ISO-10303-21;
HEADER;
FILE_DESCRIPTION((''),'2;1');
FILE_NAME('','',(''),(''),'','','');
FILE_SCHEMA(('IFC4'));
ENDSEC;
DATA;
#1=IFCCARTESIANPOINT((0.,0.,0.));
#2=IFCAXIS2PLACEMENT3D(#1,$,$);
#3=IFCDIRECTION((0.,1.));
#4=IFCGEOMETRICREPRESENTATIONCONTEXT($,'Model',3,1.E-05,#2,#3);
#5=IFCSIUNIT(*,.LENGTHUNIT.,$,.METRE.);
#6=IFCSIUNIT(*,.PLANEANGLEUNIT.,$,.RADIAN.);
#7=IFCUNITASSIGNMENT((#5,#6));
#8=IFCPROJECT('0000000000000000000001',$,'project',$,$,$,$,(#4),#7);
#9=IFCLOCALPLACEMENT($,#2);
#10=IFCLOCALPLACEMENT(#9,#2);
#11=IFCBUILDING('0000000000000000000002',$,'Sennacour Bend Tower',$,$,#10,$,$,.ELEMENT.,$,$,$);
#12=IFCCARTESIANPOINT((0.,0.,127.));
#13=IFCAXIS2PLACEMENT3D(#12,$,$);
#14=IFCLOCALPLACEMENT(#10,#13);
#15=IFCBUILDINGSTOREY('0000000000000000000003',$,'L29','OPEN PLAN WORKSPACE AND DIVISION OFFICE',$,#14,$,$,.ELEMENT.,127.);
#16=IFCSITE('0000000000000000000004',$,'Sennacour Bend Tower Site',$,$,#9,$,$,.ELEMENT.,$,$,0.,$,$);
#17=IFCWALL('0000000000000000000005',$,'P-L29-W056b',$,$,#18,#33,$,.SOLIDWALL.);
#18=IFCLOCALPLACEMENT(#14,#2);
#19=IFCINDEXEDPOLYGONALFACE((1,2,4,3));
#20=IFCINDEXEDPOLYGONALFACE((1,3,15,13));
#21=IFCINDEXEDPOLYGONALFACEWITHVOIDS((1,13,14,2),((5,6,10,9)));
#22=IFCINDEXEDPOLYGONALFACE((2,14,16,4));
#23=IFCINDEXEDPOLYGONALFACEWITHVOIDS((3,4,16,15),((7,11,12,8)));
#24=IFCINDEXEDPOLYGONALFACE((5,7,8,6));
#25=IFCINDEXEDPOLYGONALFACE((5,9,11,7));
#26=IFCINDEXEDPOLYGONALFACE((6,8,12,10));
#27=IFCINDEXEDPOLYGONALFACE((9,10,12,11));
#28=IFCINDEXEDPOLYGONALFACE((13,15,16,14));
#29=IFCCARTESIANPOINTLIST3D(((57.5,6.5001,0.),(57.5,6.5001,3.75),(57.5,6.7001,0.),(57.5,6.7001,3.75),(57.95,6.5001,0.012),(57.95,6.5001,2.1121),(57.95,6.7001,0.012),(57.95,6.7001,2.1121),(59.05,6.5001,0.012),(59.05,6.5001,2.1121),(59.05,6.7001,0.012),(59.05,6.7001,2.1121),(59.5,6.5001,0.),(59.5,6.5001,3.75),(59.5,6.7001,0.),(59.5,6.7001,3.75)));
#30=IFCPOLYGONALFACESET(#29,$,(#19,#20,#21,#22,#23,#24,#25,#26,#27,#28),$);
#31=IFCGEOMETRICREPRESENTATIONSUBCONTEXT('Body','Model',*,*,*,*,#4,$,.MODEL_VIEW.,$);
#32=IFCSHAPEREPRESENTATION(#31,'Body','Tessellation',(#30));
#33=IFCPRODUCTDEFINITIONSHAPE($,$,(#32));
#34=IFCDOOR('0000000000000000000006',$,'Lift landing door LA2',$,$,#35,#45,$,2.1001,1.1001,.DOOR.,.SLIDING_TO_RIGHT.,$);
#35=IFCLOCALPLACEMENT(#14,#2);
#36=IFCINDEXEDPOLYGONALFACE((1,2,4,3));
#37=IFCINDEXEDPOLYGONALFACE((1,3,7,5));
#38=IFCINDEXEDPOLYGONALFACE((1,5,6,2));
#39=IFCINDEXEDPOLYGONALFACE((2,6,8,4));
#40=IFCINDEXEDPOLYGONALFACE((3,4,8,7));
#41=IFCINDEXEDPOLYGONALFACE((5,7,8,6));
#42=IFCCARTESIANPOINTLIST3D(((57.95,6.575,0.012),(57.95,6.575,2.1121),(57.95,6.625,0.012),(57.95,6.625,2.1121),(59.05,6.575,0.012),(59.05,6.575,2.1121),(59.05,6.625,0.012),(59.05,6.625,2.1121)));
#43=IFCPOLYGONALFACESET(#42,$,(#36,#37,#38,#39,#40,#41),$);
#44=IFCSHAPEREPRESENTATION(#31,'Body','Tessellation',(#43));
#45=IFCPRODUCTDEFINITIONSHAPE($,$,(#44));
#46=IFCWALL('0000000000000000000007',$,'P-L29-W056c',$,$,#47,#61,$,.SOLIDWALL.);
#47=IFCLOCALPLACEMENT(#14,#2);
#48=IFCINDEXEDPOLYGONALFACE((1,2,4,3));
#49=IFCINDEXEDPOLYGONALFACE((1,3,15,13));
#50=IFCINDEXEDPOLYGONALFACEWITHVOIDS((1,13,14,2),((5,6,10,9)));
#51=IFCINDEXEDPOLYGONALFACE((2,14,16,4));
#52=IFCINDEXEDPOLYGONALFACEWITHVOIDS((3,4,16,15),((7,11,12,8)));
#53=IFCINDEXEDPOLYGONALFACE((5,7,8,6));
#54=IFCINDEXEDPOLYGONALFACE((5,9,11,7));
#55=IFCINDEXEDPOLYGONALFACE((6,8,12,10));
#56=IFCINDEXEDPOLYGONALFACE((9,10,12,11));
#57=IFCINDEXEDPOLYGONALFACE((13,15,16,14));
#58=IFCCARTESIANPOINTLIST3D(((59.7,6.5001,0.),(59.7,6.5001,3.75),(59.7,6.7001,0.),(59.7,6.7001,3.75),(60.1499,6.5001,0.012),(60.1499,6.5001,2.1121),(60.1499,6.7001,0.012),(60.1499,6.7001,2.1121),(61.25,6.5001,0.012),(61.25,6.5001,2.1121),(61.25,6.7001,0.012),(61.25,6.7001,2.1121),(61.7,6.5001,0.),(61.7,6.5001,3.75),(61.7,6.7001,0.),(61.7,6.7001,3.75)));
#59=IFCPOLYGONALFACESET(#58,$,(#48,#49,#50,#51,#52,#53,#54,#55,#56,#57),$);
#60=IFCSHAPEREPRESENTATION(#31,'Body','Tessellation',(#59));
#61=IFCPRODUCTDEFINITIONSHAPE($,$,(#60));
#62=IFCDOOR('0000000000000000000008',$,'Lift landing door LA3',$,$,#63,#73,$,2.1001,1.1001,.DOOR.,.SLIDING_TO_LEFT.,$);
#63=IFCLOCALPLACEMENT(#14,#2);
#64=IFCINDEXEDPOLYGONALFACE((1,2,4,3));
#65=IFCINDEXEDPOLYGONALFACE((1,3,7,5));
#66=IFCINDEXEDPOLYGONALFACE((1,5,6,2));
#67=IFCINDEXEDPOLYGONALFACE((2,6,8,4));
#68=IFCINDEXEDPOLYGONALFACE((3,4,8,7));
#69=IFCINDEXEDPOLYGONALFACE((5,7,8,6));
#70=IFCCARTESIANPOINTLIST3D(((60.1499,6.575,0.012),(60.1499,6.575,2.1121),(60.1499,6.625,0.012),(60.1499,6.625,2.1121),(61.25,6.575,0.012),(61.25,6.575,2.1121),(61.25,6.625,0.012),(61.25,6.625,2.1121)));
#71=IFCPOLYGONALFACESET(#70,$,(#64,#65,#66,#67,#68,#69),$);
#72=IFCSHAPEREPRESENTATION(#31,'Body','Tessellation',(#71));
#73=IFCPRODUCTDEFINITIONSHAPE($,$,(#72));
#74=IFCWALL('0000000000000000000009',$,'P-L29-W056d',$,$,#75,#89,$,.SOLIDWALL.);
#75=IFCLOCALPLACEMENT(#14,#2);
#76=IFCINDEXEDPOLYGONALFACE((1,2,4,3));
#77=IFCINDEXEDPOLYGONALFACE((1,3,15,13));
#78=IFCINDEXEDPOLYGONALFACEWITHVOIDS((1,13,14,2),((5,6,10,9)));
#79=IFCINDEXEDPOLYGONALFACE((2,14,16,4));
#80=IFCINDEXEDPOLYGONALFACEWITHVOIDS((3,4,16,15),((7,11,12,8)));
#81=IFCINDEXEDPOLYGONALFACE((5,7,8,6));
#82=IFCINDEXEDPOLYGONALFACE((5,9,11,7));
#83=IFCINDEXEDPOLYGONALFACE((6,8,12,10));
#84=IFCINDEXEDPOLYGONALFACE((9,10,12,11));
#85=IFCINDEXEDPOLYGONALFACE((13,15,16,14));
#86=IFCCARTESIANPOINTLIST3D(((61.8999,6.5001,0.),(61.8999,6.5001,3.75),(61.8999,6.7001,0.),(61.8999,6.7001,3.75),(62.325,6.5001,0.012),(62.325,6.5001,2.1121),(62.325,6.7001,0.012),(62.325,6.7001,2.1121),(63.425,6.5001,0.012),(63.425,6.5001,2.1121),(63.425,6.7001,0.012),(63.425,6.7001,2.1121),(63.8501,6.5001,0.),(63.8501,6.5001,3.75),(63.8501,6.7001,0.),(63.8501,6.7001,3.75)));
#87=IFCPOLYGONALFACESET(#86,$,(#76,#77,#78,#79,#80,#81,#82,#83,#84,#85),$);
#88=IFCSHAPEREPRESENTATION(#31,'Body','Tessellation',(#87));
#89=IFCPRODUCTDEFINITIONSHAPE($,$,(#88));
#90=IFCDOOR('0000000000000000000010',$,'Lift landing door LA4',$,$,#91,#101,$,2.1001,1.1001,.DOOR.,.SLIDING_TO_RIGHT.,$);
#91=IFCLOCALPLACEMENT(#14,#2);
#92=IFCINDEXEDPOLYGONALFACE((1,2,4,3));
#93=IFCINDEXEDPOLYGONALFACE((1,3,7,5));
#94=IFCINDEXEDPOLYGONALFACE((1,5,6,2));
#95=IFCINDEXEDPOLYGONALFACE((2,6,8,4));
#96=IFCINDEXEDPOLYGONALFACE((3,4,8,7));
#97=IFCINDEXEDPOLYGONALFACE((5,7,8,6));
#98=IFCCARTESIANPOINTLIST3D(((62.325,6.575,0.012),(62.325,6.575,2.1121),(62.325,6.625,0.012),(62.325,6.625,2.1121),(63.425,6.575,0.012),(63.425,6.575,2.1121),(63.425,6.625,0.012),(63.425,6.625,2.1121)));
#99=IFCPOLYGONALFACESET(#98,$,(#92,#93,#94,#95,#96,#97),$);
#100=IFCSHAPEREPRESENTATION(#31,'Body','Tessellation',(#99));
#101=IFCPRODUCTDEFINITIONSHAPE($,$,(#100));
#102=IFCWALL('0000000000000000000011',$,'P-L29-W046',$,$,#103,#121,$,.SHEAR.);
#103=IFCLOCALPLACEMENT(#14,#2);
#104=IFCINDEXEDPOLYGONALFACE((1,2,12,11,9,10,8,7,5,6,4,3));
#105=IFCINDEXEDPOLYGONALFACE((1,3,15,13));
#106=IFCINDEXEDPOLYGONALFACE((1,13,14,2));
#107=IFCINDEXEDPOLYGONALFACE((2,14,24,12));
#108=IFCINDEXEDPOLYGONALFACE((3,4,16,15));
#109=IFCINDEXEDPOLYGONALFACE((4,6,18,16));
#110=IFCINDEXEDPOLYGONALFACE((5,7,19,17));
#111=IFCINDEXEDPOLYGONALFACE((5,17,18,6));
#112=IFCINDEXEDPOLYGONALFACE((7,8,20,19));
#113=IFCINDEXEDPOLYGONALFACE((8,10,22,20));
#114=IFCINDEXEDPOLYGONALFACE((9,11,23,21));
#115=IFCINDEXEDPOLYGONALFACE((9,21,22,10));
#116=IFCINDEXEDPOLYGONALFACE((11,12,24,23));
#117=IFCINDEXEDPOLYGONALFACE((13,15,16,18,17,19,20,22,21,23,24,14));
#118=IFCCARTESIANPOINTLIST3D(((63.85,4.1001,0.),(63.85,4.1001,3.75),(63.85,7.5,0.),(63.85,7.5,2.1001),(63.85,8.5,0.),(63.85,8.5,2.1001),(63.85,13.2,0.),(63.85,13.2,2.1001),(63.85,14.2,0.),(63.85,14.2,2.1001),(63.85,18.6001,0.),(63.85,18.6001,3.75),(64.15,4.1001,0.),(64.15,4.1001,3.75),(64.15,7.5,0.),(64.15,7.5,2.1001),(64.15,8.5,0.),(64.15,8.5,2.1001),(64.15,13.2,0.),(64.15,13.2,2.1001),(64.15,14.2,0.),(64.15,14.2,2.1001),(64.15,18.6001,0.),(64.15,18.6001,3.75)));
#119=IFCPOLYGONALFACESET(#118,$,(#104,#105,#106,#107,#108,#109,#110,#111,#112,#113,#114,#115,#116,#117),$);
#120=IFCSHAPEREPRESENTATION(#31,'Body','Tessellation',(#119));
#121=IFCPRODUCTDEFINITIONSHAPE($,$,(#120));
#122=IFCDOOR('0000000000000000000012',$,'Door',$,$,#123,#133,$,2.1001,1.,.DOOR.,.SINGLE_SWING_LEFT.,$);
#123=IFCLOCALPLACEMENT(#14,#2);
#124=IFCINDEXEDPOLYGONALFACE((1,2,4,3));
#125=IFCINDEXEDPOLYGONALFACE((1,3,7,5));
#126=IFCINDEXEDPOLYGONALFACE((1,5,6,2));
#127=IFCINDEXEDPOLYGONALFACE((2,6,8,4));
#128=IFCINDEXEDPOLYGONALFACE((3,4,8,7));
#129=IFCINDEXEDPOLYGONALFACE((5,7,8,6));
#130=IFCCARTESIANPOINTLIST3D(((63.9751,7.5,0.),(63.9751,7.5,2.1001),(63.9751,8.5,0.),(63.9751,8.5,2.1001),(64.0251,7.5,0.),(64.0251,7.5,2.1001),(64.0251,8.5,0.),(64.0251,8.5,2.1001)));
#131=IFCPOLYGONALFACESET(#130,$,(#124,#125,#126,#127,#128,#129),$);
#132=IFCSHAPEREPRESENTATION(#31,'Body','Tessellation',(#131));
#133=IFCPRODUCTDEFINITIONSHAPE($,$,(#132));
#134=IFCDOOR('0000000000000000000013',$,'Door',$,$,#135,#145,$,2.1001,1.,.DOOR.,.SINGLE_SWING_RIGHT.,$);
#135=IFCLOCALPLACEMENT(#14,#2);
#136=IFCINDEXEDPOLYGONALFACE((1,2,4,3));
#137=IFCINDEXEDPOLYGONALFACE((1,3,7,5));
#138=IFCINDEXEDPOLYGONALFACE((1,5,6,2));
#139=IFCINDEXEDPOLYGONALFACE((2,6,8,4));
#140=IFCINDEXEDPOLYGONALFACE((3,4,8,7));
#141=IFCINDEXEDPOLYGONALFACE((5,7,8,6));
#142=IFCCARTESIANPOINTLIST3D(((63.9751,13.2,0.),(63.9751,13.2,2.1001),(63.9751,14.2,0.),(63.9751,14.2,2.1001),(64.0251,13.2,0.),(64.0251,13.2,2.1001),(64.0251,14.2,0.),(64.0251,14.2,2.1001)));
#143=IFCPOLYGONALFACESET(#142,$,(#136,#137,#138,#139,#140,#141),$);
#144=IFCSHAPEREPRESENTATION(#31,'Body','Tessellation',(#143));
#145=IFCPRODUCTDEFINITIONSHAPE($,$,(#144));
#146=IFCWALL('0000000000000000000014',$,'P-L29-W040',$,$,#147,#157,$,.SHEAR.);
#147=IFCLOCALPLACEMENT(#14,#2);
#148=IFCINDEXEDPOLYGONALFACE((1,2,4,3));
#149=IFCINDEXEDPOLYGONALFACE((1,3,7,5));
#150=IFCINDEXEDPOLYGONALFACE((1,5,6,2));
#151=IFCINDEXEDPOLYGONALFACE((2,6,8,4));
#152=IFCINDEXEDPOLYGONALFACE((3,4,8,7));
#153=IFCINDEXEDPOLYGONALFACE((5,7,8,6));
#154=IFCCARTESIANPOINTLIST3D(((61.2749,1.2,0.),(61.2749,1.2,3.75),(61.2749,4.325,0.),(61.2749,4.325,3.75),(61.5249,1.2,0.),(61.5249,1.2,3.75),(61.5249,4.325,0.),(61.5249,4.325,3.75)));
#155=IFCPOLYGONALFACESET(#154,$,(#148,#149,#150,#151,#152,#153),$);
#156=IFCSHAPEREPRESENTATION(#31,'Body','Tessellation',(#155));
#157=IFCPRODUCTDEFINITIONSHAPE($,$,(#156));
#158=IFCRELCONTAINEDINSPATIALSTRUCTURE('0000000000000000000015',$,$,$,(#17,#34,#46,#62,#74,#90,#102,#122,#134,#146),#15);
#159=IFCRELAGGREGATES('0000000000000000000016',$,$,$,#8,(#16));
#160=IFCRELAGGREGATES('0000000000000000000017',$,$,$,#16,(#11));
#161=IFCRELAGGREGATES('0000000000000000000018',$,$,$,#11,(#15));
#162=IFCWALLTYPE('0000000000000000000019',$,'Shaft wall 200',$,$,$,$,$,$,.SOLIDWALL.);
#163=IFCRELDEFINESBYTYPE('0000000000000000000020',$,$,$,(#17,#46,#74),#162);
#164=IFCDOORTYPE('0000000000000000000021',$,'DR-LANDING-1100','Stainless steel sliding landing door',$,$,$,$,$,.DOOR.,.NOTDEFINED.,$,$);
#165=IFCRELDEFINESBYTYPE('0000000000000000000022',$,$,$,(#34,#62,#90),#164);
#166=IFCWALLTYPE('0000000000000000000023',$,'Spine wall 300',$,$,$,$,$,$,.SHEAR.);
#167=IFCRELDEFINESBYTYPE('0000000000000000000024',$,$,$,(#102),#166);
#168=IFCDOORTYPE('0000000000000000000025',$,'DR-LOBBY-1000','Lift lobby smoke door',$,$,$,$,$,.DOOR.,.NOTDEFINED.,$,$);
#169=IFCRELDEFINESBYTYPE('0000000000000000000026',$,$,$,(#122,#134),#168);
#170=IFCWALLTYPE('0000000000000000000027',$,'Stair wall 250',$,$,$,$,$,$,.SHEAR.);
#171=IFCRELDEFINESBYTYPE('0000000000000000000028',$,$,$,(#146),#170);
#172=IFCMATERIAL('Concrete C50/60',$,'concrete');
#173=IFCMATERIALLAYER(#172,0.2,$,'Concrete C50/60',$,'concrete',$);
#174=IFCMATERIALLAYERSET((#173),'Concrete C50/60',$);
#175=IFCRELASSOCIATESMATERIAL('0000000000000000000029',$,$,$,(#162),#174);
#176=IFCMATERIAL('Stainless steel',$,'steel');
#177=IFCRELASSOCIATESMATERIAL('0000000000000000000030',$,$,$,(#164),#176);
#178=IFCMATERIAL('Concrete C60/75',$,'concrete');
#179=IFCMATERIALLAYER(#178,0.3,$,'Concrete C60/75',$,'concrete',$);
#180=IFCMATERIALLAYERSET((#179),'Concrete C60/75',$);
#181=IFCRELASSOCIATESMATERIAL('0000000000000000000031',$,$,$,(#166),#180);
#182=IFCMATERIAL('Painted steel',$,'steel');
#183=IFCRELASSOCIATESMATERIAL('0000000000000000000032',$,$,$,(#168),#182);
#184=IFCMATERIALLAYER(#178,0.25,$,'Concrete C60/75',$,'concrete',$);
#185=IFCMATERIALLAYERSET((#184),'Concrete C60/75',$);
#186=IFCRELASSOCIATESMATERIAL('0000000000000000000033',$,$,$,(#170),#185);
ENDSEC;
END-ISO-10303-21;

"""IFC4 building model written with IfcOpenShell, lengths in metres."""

from ifc_helpers import new_model, si_unit, direction, frame, frame_2d, origin, place, context, subcontext, project, spatial, rectangle, extrude, material, layer, layer_set, type_object, element, fill, save


model = new_model("IFC4")

# Units and contexts
model_context = context("Model", 3, precision=1e-05, world=origin(), true_north=direction((0.0, 1.0)))
body_context = subcontext(model_context, "Body", "Model", "MODEL_VIEW")
ifc_project = project(units=[si_unit("LENGTHUNIT", "METRE"), si_unit("PLANEANGLEUNIT", "RADIAN")], contexts=[model_context])

# Site, building, storey
site_placement = place(None, origin())
site = spatial("IfcSite", under=ifc_project, at=site_placement, Name="Sennacour Bend Tower Site", CompositionType="ELEMENT", RefElevation=0.0)
building_placement = place(site_placement, origin())
building = spatial("IfcBuilding", under=site, at=building_placement, Name="Sennacour Bend Tower", CompositionType="ELEMENT")
storey_placement = place(building_placement, frame((0.0, 0.0, 127.0)))
storey = spatial("IfcBuildingStorey", under=building, at=storey_placement, Name="L29", Description="OPEN PLAN WORKSPACE AND DIVISION OFFICE", CompositionType="ELEMENT", Elevation=127.0)

# Shared definitions
ifc_material_1 = material(Name="Painted steel", Category="steel")

# Shared definitions
ifc_material_2 = material(Name="Concrete C50/60", Category="concrete")
ifc_layer_1 = layer(ifc_material_2, 0.2, Name="Concrete C50/60", Category="concrete")
ifc_layer_set_1 = layer_set([ifc_layer_1], Name="Concrete C50/60")
wall_type_1 = type_object("IfcWallType", Name="Shaft wall 200", PredefinedType="SOLIDWALL", material=ifc_layer_set_1)

# Walls, openings, doors
wall_1_placement = place(storey_placement, frame((57.5, 6.6001, 0.0), z_axis=(0.0, 0.0, 1.0), x_axis=(1.0, 0.0, 0.0)))
wall_1 = element("IfcWall", 1, at=wall_1_placement, inside=storey, type_object=wall_type_1, Name="P-L29-W056b", PredefinedType="SOLIDWALL", context=body_context, shape_type="SweptSolid", body=[
    extrude(rectangle(XDim=2.0, YDim=0.2, at=frame_2d((1.0, 0.0))), origin(), (0.0, 0.0, 1.0), 3.75),
])
opening_1_placement = place(wall_1_placement, frame((0.45, 0.0, 0.012)))
opening_1 = element("IfcOpeningElement", 2, at=opening_1_placement, cuts=wall_1, PredefinedType="OPENING", context=body_context, shape_type="SweptSolid", body=[
    extrude(rectangle(XDim=1.1001, YDim=2.1001, at=frame_2d((0.55, 1.05))), frame((0.0, 0.1099, 0.0), z_axis=(0.0, -1.0, 0.0), x_axis=(1.0, 0.0, 0.0)), (0.0, 0.0, 1.0), 0.22),
])
ifc_material_3 = material(Name="Stainless steel", Category="steel")
door_type_1 = type_object("IfcDoorType", Name="DR-LANDING-1100", Description="Stainless steel sliding landing door", OperationType="NOTDEFINED", PredefinedType="DOOR", material=ifc_material_3)
door_1_placement = place(opening_1_placement, origin())
door_1 = element("IfcDoor", 3, at=door_1_placement, inside=storey, type_object=door_type_1, Name="Lift landing door LA2", OperationType="SLIDING_TO_RIGHT", OverallHeight=2.1001, OverallWidth=1.1001, PredefinedType="DOOR", context=body_context, shape_type="SweptSolid", body=[
    extrude(rectangle(XDim=1.1001, YDim=2.1001, at=frame_2d((0.55, 1.05))), frame((0.0, 0.0249, 0.0), z_axis=(0.0, -1.0, 0.0), x_axis=(1.0, 0.0, 0.0)), (0.0, 0.0, 1.0), 0.05),
])
fill(opening_1, door_1)
wall_2_placement = place(storey_placement, frame((59.7, 6.6001, 0.0), z_axis=(0.0, 0.0, 1.0), x_axis=(1.0, 0.0, 0.0)))
wall_2 = element("IfcWall", 4, at=wall_2_placement, inside=storey, type_object=wall_type_1, Name="P-L29-W056c", PredefinedType="SOLIDWALL", context=body_context, shape_type="SweptSolid", body=[
    extrude(rectangle(XDim=2.0, YDim=0.2, at=frame_2d((1.0, 0.0))), origin(), (0.0, 0.0, 1.0), 3.75),
])
opening_2_placement = place(wall_2_placement, frame((0.45, 0.0, 0.012)))
opening_2 = element("IfcOpeningElement", 5, at=opening_2_placement, cuts=wall_2, PredefinedType="OPENING", context=body_context, shape_type="SweptSolid", body=[
    extrude(rectangle(XDim=1.1001, YDim=2.1001, at=frame_2d((0.55, 1.05))), frame((0.0, 0.1099, 0.0), z_axis=(0.0, -1.0, 0.0), x_axis=(1.0, 0.0, 0.0)), (0.0, 0.0, 1.0), 0.22),
])
door_2_placement = place(opening_2_placement, origin())
door_2 = element("IfcDoor", 6, at=door_2_placement, inside=storey, type_object=door_type_1, Name="Lift landing door LA3", OperationType="SLIDING_TO_LEFT", OverallHeight=2.1001, OverallWidth=1.1001, PredefinedType="DOOR", context=body_context, shape_type="SweptSolid", body=[
    extrude(rectangle(XDim=1.1001, YDim=2.1001, at=frame_2d((0.55, 1.05))), frame((0.0, 0.0249, 0.0), z_axis=(0.0, -1.0, 0.0), x_axis=(1.0, 0.0, 0.0)), (0.0, 0.0, 1.0), 0.05),
])
fill(opening_2, door_2)
wall_3_placement = place(storey_placement, frame((61.8999, 6.6001, 0.0), z_axis=(0.0, 0.0, 1.0), x_axis=(1.0, 0.0, 0.0)))
wall_3 = element("IfcWall", 7, at=wall_3_placement, inside=storey, type_object=wall_type_1, Name="P-L29-W056d", PredefinedType="SOLIDWALL", context=body_context, shape_type="SweptSolid", body=[
    extrude(rectangle(XDim=1.9502, YDim=0.2, at=frame_2d((0.9751, 0.0))), origin(), (0.0, 0.0, 1.0), 3.75),
])
opening_3_placement = place(wall_3_placement, frame((0.425, 0.0, 0.012)))
opening_3 = element("IfcOpeningElement", 8, at=opening_3_placement, cuts=wall_3, PredefinedType="OPENING", context=body_context, shape_type="SweptSolid", body=[
    extrude(rectangle(XDim=1.1001, YDim=2.1001, at=frame_2d((0.55, 1.05))), frame((0.0, 0.1099, 0.0), z_axis=(0.0, -1.0, 0.0), x_axis=(1.0, 0.0, 0.0)), (0.0, 0.0, 1.0), 0.22),
])
door_3_placement = place(opening_3_placement, origin())
door_3 = element("IfcDoor", 9, at=door_3_placement, inside=storey, type_object=door_type_1, Name="Lift landing door LA4", OperationType="SLIDING_TO_RIGHT", OverallHeight=2.1001, OverallWidth=1.1001, PredefinedType="DOOR", context=body_context, shape_type="SweptSolid", body=[
    extrude(rectangle(XDim=1.1001, YDim=2.1001, at=frame_2d((0.55, 1.05))), frame((0.0, 0.0249, 0.0), z_axis=(0.0, -1.0, 0.0), x_axis=(1.0, 0.0, 0.0)), (0.0, 0.0, 1.0), 0.05),
])
fill(opening_3, door_3)

# Wall, openings, doors
ifc_material_4 = material(Name="Concrete C60/75", Category="concrete")
ifc_layer_2 = layer(ifc_material_4, 0.3, Name="Concrete C60/75", Category="concrete")
ifc_layer_set_2 = layer_set([ifc_layer_2], Name="Concrete C60/75")
wall_type_2 = type_object("IfcWallType", Name="Spine wall 300", PredefinedType="SHEAR", material=ifc_layer_set_2)
wall_4_placement = place(storey_placement, frame((64.0, 4.1001, 0.0), z_axis=(0.0, 0.0, 1.0), x_axis=(0.0, 1.0, 0.0)))
wall_4 = element("IfcWall", 10, at=wall_4_placement, inside=storey, type_object=wall_type_2, Name="P-L29-W046", PredefinedType="SHEAR", context=body_context, shape_type="SweptSolid", body=[
    extrude(rectangle(XDim=14.5, YDim=0.3, at=frame_2d((7.25, 0.0))), origin(), (0.0, 0.0, 1.0), 3.75),
])
opening_4_placement = place(wall_4_placement, frame((3.3999, 0.0, 0.0)))
opening_4 = element("IfcOpeningElement", 11, at=opening_4_placement, cuts=wall_4, PredefinedType="OPENING", context=body_context, shape_type="SweptSolid", body=[
    extrude(rectangle(XDim=1.0, YDim=2.1001, at=frame_2d((0.5, 1.05))), frame((0.0, 0.1602, 0.0), z_axis=(0.0, -1.0, 0.0), x_axis=(1.0, 0.0, 0.0)), (0.0, 0.0, 1.0), 0.3201),
])
opening_5_placement = place(wall_4_placement, frame((9.0999, 0.0, 0.0)))
opening_5 = element("IfcOpeningElement", 12, at=opening_5_placement, cuts=wall_4, PredefinedType="OPENING", context=body_context, shape_type="SweptSolid", body=[
    extrude(rectangle(XDim=1.0, YDim=2.1001, at=frame_2d((0.5, 1.05))), frame((0.0, 0.1602, 0.0), z_axis=(0.0, -1.0, 0.0), x_axis=(1.0, 0.0, 0.0)), (0.0, 0.0, 1.0), 0.3201),
])
door_type_2 = type_object("IfcDoorType", Name="DR-LOBBY-1000", Description="Lift lobby smoke door", OperationType="NOTDEFINED", PredefinedType="DOOR", material=ifc_material_1)
door_4_placement = place(opening_4_placement, origin())
door_4 = element("IfcDoor", 13, at=door_4_placement, inside=storey, type_object=door_type_2, Name="Door", OperationType="SINGLE_SWING_LEFT", OverallHeight=2.1001, OverallWidth=1.0, PredefinedType="DOOR", context=body_context, shape_type="SweptSolid", body=[
    extrude(rectangle(XDim=1.0, YDim=2.1001, at=frame_2d((0.5, 1.05))), frame((0.0, 0.0249, 0.0), z_axis=(0.0, -1.0, 0.0), x_axis=(1.0, 0.0, 0.0)), (0.0, 0.0, 1.0), 0.05),
])
fill(opening_4, door_4)
door_5_placement = place(opening_5_placement, origin())
door_5 = element("IfcDoor", 14, at=door_5_placement, inside=storey, type_object=door_type_2, Name="Door", OperationType="SINGLE_SWING_RIGHT", OverallHeight=2.1001, OverallWidth=1.0, PredefinedType="DOOR", context=body_context, shape_type="SweptSolid", body=[
    extrude(rectangle(XDim=1.0, YDim=2.1001, at=frame_2d((0.5, 1.05))), frame((0.0, 0.0249, 0.0), z_axis=(0.0, -1.0, 0.0), x_axis=(1.0, 0.0, 0.0)), (0.0, 0.0, 1.0), 0.05),
])
fill(opening_5, door_5)

# Wall
ifc_layer_3 = layer(ifc_material_4, 0.25, Name="Concrete C60/75", Category="concrete")
ifc_layer_set_3 = layer_set([ifc_layer_3], Name="Concrete C60/75")
wall_type_3 = type_object("IfcWallType", Name="Stair wall 250", PredefinedType="SHEAR", material=ifc_layer_set_3)
wall_5_placement = place(storey_placement, frame((61.3999, 1.2, 0.0), z_axis=(0.0, 0.0, 1.0), x_axis=(0.0, 1.0, 0.0)))
element("IfcWall", 15, at=wall_5_placement, inside=storey, type_object=wall_type_3, Name="P-L29-W040", PredefinedType="SHEAR", context=body_context, shape_type="SweptSolid", body=[
    extrude(rectangle(XDim=3.125, YDim=0.25, at=frame_2d((1.5625, 0.0))), origin(), (0.0, 0.0, 1.0), 3.75),
])

save(model, "model.ifc")
